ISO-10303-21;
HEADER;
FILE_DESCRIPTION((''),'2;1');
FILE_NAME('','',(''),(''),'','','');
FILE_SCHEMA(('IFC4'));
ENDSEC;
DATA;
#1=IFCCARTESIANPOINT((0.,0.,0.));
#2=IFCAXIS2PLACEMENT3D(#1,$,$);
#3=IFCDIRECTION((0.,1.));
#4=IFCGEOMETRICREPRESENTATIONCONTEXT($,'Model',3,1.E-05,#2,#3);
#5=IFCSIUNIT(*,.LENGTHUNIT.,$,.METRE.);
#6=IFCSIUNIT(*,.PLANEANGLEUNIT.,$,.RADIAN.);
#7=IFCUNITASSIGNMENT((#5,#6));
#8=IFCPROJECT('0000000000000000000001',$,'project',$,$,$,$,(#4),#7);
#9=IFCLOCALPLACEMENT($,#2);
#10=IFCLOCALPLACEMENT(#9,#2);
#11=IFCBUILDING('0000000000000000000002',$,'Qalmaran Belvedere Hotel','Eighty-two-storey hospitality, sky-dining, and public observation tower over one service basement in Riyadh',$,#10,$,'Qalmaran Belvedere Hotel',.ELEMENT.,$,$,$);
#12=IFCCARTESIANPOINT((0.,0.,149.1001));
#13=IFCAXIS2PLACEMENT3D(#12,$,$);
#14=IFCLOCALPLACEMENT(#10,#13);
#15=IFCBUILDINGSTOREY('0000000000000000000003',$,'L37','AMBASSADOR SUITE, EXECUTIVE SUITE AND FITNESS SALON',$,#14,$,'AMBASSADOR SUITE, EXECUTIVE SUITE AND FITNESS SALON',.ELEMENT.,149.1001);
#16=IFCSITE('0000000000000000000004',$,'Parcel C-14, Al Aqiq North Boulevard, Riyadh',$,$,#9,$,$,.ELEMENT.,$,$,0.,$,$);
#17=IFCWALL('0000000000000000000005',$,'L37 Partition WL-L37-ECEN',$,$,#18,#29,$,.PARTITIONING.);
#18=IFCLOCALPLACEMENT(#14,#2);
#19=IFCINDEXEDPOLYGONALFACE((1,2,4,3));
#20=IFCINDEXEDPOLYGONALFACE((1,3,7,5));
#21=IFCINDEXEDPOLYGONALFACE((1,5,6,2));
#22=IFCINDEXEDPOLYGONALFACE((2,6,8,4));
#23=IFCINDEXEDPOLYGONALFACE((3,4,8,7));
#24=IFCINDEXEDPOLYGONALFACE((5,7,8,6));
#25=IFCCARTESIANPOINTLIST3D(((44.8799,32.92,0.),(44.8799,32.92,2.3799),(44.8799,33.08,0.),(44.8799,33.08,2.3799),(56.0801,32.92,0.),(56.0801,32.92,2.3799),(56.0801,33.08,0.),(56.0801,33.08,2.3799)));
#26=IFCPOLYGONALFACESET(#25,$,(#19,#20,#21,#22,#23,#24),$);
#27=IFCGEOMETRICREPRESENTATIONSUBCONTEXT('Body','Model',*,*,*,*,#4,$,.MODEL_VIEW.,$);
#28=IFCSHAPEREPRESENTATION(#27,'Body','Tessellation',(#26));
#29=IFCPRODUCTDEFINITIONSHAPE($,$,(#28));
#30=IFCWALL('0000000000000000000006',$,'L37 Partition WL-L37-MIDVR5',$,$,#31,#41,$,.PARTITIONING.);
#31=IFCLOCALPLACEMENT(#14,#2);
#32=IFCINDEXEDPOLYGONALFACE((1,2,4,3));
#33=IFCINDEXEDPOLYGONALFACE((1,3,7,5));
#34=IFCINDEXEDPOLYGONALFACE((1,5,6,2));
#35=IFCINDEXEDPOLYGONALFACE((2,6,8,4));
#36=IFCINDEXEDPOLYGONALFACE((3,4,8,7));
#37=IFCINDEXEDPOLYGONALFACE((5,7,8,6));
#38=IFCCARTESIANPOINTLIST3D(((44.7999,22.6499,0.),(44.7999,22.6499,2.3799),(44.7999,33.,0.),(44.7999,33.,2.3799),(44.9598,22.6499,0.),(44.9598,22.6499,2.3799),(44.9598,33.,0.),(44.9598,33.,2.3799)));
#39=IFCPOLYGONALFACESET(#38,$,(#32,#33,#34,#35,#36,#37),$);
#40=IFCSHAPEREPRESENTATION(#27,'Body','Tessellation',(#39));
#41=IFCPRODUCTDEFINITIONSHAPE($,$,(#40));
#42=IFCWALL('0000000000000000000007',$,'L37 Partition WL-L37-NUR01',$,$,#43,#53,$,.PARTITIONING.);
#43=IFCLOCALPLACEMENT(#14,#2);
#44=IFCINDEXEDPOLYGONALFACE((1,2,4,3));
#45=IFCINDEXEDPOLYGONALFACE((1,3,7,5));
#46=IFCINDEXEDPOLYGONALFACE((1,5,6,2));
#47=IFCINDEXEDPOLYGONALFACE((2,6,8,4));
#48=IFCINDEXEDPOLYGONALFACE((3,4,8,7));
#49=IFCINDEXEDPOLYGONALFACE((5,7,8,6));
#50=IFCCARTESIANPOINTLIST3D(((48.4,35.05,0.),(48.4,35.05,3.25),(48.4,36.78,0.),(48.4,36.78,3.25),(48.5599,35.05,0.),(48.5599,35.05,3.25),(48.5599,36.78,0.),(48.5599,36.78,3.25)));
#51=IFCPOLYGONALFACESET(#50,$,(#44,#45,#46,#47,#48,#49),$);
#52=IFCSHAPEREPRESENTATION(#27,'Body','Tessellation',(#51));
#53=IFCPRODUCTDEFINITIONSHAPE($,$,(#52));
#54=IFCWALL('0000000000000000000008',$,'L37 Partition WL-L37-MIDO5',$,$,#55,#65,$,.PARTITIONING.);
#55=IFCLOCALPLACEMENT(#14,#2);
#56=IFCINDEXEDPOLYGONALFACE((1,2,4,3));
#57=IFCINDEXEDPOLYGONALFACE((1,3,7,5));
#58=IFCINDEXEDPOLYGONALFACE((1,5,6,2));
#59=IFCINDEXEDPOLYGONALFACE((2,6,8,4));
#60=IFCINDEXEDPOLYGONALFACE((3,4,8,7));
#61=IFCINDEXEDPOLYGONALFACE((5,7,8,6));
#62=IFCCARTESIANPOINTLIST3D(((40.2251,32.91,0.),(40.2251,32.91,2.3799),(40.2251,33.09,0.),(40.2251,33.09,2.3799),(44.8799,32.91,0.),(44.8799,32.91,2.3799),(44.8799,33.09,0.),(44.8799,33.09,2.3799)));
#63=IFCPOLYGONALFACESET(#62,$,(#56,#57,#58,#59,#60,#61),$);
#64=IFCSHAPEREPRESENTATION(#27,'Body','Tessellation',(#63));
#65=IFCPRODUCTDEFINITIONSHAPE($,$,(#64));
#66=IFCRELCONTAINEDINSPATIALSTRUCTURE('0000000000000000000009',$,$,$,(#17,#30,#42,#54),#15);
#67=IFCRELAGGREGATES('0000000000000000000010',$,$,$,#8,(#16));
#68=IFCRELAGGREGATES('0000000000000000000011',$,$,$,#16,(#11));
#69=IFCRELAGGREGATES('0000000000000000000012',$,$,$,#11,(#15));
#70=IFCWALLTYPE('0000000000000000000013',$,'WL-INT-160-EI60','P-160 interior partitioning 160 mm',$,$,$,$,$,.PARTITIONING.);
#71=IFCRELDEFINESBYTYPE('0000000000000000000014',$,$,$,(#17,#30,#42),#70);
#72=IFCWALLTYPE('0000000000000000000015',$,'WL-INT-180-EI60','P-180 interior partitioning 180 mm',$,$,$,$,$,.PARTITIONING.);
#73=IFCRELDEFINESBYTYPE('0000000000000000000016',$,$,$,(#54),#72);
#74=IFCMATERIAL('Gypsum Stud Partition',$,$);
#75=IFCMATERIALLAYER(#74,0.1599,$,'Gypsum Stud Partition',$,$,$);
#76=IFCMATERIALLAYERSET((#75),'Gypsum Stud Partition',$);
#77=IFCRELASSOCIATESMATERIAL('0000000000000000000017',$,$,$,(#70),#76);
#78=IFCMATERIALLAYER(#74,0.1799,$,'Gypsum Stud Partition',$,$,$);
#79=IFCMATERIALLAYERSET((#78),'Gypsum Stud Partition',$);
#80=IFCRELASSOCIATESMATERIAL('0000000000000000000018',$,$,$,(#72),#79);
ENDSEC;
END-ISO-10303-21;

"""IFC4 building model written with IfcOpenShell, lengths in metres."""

from ifc_helpers import new_model, si_unit, direction, frame, frame_2d, origin, place, context, subcontext, project, spatial, rectangle, extrude, material, layer, layer_set, type_object, element, save


model = new_model("IFC4")

# Units and contexts
model_context = context("Model", 3, precision=1e-05, world=origin(), true_north=direction((0.0, 1.0)))
body_context = subcontext(model_context, "Body", "Model", "MODEL_VIEW")
ifc_project = project(units=[si_unit("LENGTHUNIT", "METRE"), si_unit("PLANEANGLEUNIT", "RADIAN")], contexts=[model_context])

# Site, building, storey
site_placement = place(None, origin())
site = spatial("IfcSite", under=ifc_project, at=site_placement, Name="Parcel C-14, Al Aqiq North Boulevard, Riyadh", CompositionType="ELEMENT", RefElevation=0.0)
building_placement = place(site_placement, origin())
building = spatial("IfcBuilding", under=site, at=building_placement, Name="Qalmaran Belvedere Hotel", Description="Eighty-two-storey hospitality, sky-dining, and public observation tower over one service basement in Riyadh", LongName="Qalmaran Belvedere Hotel", CompositionType="ELEMENT")
storey_placement = place(building_placement, frame((0.0, 0.0, 149.1001)))
storey = spatial("IfcBuildingStorey", under=building, at=storey_placement, Name="L37", Description="AMBASSADOR SUITE, EXECUTIVE SUITE AND FITNESS SALON", LongName="AMBASSADOR SUITE, EXECUTIVE SUITE AND FITNESS SALON", CompositionType="ELEMENT", Elevation=149.1001)

# Shared definitions
ifc_material_1 = material(Name="Gypsum Stud Partition")
ifc_layer_1 = layer(ifc_material_1, 0.1599, Name="Gypsum Stud Partition")
ifc_layer_set_1 = layer_set([ifc_layer_1], Name="Gypsum Stud Partition")
wall_type_1 = type_object("IfcWallType", Name="WL-INT-160-EI60", Description="P-160 interior partitioning 160 mm", PredefinedType="PARTITIONING", material=ifc_layer_set_1)

# Walls
wall_1_placement = place(storey_placement, frame((44.8799, 33.0, 0.0), z_axis=(0.0, 0.0, 1.0), x_axis=(1.0, 0.0, 0.0)))
element("IfcWall", 1, at=wall_1_placement, inside=storey, type_object=wall_type_1, Name="L37 Partition WL-L37-ECEN", PredefinedType="PARTITIONING", context=body_context, shape_type="SweptSolid", body=[
    extrude(rectangle(XDim=11.2002, YDim=0.1599, at=frame_2d((5.6001, 0.0))), origin(), (0.0, 0.0, 1.0), 2.3799),
])
wall_2_placement = place(storey_placement, frame((44.8799, 22.6499, 0.0), z_axis=(0.0, 0.0, 1.0), x_axis=(0.0, 1.0, 0.0)))
element("IfcWall", 2, at=wall_2_placement, inside=storey, type_object=wall_type_1, Name="L37 Partition WL-L37-MIDVR5", PredefinedType="PARTITIONING", context=body_context, shape_type="SweptSolid", body=[
    extrude(rectangle(XDim=10.3501, YDim=0.1599, at=frame_2d((5.175, 0.0))), origin(), (0.0, 0.0, 1.0), 2.3799),
])
wall_3_placement = place(storey_placement, frame((48.48, 35.05, 0.0), z_axis=(0.0, 0.0, 1.0), x_axis=(0.0, 1.0, 0.0)))
element("IfcWall", 3, at=wall_3_placement, inside=storey, type_object=wall_type_1, Name="L37 Partition WL-L37-NUR01", PredefinedType="PARTITIONING", context=body_context, shape_type="SweptSolid", body=[
    extrude(rectangle(XDim=1.73, YDim=0.1599, at=frame_2d((0.865, 0.0))), origin(), (0.0, 0.0, 1.0), 3.25),
])
ifc_layer_2 = layer(ifc_material_1, 0.1799, Name="Gypsum Stud Partition")
ifc_layer_set_2 = layer_set([ifc_layer_2], Name="Gypsum Stud Partition")
wall_type_2 = type_object("IfcWallType", Name="WL-INT-180-EI60", Description="P-180 interior partitioning 180 mm", PredefinedType="PARTITIONING", material=ifc_layer_set_2)
wall_4_placement = place(storey_placement, frame((40.2251, 33.0, 0.0), z_axis=(0.0, 0.0, 1.0), x_axis=(1.0, 0.0, 0.0)))
element("IfcWall", 4, at=wall_4_placement, inside=storey, type_object=wall_type_2, Name="L37 Partition WL-L37-MIDO5", PredefinedType="PARTITIONING", context=body_context, shape_type="SweptSolid", body=[
    extrude(rectangle(XDim=4.6548, YDim=0.1799, at=frame_2d((2.3274, 0.0))), origin(), (0.0, 0.0, 1.0), 2.3799),
])

save(model, "model.ifc")
